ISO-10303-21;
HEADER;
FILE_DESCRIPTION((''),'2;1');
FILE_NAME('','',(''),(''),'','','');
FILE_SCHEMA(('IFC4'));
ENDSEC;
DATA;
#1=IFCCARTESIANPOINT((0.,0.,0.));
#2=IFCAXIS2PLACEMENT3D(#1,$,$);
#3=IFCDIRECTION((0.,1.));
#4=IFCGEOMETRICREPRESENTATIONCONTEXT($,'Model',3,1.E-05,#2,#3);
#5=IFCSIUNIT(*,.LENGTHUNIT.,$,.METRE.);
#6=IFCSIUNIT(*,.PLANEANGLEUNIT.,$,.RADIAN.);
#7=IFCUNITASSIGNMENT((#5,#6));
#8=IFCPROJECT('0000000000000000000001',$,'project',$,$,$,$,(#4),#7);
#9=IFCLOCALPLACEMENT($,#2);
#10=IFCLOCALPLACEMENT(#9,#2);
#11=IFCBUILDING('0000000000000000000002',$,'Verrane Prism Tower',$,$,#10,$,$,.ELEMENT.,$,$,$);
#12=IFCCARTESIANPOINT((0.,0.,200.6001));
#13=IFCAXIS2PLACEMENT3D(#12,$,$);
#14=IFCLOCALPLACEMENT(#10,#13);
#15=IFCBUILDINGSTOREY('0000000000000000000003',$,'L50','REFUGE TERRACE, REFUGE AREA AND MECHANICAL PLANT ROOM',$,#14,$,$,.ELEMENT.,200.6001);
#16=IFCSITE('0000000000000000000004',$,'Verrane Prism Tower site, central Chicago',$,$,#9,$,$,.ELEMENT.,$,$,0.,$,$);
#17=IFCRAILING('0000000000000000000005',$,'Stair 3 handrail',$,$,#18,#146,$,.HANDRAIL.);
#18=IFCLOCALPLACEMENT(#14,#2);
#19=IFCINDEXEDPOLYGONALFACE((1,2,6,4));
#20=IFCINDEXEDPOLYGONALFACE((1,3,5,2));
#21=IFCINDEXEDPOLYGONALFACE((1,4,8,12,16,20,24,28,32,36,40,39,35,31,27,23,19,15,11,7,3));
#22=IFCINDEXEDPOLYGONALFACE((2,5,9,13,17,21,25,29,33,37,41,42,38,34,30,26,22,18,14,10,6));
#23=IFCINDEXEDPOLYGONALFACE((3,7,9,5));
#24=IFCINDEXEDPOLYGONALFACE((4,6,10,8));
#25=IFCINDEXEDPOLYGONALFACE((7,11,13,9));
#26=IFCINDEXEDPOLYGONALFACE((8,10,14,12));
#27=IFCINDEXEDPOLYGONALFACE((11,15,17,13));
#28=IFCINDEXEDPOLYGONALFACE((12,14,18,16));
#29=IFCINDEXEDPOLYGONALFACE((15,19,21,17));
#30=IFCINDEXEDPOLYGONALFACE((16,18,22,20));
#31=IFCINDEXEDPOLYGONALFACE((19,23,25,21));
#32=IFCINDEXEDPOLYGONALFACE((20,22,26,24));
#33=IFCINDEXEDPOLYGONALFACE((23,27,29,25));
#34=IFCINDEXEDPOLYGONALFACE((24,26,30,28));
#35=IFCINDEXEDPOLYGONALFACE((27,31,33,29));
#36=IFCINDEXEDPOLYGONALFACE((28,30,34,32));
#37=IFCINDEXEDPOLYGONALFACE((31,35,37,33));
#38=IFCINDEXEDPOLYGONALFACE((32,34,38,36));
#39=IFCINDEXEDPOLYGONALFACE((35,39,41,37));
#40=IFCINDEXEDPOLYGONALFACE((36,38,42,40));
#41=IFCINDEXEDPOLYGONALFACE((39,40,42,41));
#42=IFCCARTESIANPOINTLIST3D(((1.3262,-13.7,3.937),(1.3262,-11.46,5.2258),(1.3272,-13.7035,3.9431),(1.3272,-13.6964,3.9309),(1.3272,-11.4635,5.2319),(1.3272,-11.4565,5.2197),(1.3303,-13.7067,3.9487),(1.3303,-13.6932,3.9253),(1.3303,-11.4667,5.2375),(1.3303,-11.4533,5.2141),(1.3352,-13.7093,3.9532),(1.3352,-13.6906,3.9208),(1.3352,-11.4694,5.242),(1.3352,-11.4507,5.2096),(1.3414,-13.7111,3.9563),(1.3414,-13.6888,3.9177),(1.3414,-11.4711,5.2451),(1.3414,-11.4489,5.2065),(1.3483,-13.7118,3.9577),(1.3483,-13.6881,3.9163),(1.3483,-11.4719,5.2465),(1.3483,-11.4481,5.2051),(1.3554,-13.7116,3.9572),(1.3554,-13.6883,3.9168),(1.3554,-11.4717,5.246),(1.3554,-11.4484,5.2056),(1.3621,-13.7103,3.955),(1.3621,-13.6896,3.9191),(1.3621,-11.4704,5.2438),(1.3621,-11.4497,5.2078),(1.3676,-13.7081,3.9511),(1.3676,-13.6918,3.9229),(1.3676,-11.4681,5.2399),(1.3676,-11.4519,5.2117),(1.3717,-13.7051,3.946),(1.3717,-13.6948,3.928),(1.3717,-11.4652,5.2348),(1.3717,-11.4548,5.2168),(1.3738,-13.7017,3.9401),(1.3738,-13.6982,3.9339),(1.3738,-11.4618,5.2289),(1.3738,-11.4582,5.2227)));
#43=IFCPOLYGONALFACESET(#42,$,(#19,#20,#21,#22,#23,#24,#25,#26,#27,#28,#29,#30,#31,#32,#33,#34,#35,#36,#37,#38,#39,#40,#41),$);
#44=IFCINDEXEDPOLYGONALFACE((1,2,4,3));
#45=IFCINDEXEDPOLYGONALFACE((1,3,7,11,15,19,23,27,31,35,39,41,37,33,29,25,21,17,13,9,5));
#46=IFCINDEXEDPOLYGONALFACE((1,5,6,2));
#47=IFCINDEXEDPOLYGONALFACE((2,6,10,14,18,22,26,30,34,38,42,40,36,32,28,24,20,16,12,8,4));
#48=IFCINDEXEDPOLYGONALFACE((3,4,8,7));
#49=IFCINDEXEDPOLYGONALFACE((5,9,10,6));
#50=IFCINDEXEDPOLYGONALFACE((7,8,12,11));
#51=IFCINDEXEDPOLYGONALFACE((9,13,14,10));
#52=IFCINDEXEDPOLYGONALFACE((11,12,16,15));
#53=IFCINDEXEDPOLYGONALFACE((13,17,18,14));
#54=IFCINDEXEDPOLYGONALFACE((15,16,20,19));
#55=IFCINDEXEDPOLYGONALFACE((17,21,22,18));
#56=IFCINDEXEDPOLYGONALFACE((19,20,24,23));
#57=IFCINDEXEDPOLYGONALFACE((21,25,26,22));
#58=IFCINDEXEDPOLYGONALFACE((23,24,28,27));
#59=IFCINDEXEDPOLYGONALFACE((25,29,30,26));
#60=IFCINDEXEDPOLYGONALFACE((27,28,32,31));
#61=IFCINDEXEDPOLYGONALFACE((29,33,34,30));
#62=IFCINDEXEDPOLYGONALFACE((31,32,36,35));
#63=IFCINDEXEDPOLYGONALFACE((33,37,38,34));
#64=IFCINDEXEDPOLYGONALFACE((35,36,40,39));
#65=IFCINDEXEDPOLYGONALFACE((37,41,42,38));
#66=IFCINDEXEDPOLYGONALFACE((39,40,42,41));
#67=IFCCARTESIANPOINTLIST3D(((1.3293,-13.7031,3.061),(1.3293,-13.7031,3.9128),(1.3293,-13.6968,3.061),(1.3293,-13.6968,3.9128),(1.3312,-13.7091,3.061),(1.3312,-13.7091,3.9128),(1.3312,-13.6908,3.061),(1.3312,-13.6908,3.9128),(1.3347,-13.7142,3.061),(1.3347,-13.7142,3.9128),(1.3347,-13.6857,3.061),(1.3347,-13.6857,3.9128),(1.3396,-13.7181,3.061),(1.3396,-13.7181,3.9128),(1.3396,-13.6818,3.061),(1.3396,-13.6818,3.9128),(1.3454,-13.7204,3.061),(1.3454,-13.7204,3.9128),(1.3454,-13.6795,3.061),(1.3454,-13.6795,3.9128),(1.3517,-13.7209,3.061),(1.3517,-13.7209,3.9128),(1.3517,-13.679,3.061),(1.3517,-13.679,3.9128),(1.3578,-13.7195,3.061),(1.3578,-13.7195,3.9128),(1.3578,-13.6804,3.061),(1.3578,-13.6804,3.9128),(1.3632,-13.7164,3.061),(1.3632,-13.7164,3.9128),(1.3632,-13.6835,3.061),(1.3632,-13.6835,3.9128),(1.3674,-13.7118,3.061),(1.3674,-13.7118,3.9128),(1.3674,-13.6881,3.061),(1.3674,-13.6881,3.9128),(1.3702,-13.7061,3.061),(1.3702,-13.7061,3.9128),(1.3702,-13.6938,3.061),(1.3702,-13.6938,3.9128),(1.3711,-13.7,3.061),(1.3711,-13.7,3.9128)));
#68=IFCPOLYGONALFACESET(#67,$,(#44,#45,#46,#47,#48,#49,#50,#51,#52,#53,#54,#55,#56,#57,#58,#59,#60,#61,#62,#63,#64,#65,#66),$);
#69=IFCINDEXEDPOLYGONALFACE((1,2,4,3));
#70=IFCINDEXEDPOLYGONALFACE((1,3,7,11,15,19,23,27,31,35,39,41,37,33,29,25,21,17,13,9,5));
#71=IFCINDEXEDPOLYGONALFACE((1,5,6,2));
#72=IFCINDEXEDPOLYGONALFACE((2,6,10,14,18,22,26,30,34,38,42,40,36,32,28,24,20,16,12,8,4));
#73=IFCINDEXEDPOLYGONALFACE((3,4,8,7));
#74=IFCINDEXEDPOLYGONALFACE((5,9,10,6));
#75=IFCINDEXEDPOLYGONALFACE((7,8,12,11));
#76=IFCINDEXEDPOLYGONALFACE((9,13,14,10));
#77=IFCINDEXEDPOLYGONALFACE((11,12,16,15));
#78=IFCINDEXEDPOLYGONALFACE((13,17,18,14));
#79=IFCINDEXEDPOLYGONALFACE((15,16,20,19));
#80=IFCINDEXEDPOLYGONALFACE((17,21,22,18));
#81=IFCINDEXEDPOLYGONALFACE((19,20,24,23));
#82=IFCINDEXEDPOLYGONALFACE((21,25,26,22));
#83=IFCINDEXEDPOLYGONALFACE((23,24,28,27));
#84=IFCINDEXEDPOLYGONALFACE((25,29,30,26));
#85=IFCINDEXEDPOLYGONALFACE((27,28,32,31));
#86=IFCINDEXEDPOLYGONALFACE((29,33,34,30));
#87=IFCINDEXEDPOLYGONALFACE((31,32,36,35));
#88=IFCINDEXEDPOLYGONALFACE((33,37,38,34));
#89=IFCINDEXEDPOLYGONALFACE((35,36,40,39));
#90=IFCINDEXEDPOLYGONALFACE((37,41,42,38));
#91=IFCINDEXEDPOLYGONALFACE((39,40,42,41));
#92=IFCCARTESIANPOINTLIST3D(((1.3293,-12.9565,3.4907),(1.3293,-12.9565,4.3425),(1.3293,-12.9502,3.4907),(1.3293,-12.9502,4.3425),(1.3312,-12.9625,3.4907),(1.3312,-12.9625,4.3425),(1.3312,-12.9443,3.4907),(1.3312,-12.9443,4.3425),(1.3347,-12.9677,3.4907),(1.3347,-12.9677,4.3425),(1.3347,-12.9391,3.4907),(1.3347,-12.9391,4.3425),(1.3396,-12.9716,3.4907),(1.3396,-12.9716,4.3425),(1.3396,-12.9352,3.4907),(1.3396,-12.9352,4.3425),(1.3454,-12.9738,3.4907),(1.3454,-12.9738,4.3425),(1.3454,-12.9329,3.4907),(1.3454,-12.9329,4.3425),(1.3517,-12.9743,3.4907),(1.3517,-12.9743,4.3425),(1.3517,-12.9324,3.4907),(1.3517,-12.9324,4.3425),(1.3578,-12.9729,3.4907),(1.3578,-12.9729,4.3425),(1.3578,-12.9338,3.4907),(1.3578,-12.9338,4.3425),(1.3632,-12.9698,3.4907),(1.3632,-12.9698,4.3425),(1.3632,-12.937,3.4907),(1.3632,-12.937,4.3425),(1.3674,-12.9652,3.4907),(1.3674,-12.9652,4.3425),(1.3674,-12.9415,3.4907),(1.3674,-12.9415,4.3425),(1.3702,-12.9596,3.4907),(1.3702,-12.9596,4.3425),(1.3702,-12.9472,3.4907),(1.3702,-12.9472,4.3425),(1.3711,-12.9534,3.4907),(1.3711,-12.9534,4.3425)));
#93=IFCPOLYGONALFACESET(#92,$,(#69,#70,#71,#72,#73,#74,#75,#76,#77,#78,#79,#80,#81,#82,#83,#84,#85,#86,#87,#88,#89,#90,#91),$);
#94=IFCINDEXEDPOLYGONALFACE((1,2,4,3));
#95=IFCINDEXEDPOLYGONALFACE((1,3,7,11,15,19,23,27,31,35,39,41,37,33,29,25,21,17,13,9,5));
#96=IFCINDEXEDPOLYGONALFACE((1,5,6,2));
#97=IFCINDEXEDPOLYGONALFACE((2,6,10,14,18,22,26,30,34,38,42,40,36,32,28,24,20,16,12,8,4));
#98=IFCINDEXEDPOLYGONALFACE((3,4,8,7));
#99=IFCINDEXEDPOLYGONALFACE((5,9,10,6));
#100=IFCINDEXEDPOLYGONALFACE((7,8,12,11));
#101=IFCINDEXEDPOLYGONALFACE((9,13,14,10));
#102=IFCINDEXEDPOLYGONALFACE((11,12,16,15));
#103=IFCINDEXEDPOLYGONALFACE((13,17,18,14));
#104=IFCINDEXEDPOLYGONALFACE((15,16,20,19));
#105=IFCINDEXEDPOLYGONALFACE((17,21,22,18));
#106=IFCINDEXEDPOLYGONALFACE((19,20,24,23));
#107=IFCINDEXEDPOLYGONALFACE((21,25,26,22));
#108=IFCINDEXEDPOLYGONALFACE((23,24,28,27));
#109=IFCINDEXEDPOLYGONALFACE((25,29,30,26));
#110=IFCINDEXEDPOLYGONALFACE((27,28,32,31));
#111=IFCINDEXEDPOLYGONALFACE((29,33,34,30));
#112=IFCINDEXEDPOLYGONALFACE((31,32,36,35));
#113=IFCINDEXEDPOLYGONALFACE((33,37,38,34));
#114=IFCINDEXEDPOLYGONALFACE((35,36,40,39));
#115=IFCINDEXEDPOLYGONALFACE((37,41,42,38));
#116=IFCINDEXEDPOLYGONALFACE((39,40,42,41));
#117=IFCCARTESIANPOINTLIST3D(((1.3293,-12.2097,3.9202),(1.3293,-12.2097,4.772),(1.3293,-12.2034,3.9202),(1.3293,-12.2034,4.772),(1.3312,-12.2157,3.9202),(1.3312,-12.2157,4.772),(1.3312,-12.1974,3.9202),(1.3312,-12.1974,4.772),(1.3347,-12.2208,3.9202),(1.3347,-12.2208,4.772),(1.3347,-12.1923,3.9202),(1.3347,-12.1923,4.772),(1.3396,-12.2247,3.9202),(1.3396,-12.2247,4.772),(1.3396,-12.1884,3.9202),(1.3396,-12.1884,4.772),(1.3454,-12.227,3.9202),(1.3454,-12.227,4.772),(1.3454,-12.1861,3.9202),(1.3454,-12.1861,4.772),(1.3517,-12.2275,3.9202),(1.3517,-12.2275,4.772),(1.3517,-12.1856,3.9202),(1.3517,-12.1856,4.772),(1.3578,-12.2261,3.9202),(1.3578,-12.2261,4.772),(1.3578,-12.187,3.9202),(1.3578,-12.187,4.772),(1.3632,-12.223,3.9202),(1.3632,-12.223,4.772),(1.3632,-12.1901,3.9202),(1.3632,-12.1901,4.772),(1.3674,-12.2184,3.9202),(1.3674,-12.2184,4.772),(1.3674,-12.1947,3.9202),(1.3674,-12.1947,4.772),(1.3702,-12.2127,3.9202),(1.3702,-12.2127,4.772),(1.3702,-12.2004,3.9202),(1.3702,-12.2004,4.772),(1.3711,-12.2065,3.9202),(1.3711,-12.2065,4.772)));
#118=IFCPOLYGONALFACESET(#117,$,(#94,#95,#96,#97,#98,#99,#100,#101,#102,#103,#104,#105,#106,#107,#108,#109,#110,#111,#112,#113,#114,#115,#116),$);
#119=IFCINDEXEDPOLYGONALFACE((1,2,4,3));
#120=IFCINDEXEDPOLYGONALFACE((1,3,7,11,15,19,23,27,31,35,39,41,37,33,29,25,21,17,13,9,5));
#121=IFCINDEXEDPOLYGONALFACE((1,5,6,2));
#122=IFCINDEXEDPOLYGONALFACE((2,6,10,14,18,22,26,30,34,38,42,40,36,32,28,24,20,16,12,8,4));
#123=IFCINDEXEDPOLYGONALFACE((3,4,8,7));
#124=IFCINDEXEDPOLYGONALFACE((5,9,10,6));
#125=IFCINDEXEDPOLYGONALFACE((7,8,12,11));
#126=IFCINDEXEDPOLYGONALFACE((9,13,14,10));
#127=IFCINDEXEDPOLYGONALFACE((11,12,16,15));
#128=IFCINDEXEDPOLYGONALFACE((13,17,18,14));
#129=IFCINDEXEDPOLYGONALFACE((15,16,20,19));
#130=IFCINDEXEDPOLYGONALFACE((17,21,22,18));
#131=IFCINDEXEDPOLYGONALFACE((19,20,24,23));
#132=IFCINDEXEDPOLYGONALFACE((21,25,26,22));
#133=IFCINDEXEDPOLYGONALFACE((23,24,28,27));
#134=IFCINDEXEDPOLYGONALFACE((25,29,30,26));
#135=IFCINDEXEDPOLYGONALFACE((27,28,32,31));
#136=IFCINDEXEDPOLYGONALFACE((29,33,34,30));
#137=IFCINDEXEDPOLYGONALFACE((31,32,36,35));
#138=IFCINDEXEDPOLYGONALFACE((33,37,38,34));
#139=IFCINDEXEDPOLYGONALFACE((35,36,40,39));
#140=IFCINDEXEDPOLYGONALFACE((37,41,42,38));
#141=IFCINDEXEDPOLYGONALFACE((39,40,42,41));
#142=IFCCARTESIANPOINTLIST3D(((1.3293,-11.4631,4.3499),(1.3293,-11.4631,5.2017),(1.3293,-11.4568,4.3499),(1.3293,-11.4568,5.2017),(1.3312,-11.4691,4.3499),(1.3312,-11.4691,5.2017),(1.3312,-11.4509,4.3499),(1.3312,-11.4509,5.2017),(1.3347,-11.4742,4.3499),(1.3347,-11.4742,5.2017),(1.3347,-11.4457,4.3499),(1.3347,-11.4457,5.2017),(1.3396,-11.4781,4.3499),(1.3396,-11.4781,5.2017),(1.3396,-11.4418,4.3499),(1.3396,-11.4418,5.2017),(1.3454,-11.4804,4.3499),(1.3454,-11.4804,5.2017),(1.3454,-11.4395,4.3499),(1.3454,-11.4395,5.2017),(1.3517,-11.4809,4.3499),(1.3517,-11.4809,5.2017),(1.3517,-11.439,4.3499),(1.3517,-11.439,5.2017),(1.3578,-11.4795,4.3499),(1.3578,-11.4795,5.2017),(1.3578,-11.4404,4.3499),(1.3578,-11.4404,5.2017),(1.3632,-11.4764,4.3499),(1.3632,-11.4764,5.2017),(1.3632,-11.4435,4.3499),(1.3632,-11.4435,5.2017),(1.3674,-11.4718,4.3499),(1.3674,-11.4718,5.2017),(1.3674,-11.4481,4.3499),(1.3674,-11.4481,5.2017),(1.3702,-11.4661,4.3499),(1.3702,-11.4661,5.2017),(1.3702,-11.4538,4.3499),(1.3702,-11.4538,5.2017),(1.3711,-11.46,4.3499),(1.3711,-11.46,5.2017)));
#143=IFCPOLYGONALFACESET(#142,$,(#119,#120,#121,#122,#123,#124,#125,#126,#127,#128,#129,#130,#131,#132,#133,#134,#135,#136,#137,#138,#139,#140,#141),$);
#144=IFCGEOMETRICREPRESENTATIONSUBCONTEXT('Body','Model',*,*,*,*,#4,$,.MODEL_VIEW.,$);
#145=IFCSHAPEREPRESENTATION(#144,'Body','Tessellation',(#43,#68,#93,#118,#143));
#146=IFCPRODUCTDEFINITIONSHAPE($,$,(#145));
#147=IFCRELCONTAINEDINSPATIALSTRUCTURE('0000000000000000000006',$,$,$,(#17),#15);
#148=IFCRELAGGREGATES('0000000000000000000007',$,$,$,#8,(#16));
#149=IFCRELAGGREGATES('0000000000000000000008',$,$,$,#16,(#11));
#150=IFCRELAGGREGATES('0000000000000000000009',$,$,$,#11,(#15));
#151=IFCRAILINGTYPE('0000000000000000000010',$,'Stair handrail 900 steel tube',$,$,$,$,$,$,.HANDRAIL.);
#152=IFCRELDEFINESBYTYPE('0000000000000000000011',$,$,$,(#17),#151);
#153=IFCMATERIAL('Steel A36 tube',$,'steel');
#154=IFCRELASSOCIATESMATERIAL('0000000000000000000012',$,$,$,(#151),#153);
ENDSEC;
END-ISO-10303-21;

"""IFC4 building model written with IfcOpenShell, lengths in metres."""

from ifc_helpers import new_model, si_unit, direction, frame, origin, origin_2d, place, context, subcontext, project, spatial, circle, extrude, material, type_object, element, save


model = new_model("IFC4")

# Units and contexts
model_context = context("Model", 3, precision=1e-05, world=origin(), true_north=direction((0.0, 1.0)))
body_context = subcontext(model_context, "Body", "Model", "MODEL_VIEW")
ifc_project = project(units=[si_unit("LENGTHUNIT", "METRE"), si_unit("PLANEANGLEUNIT", "RADIAN")], contexts=[model_context])

# Site, building, storey
site_placement = place(None, origin())
site = spatial("IfcSite", under=ifc_project, at=site_placement, Name="Verrane Prism Tower site, central Chicago", CompositionType="ELEMENT", RefElevation=0.0)
building_placement = place(site_placement, origin())
building = spatial("IfcBuilding", under=site, at=building_placement, Name="Verrane Prism Tower", CompositionType="ELEMENT")
storey_placement = place(building_placement, frame((0.0, 0.0, 200.6001)))
storey = spatial("IfcBuildingStorey", under=building, at=storey_placement, Name="L50", Description="REFUGE TERRACE, REFUGE AREA AND MECHANICAL PLANT ROOM", CompositionType="ELEMENT", Elevation=200.6001)

# Railing
ifc_material_1 = material(Name="Steel A36 tube", Category="steel")
railing_type_1 = type_object("IfcRailingType", Name="Stair handrail 900 steel tube", PredefinedType="HANDRAIL", material=ifc_material_1)
for number, where, name in (
    (1, (1.3501, -13.7, 3.061), "Stair 3 handrail"),
):
    element("IfcRailing", number, at=place(storey_placement, frame(where)), inside=storey, type_object=railing_type_1, Name=name, PredefinedType="HANDRAIL", context=body_context, shape_type="SweptSolid", body=[
        extrude(circle(Radius=0.0239, at=origin_2d()), frame((0.0, 0.0, 0.876), z_axis=(0.0, 0.866768, 0.498711), x_axis=(-1.0, 0.0, 0.0)), (0.0, 0.0, 1.0), 2.5842),
        extrude(circle(Radius=0.021, at=origin_2d()), origin(), (0.0, 0.0, 1.0), 0.8518),
        extrude(circle(Radius=0.021, at=origin_2d()), frame((0.0, 0.7466, 0.4297)), (0.0, 0.0, 1.0), 0.8518),
        extrude(circle(Radius=0.021, at=origin_2d()), frame((0.0, 1.4934, 0.8591)), (0.0, 0.0, 1.0), 0.8518),
        extrude(circle(Radius=0.021, at=origin_2d()), frame((0.0, 2.24, 1.2888)), (0.0, 0.0, 1.0), 0.8518),
    ])

save(model, "model.ifc")
